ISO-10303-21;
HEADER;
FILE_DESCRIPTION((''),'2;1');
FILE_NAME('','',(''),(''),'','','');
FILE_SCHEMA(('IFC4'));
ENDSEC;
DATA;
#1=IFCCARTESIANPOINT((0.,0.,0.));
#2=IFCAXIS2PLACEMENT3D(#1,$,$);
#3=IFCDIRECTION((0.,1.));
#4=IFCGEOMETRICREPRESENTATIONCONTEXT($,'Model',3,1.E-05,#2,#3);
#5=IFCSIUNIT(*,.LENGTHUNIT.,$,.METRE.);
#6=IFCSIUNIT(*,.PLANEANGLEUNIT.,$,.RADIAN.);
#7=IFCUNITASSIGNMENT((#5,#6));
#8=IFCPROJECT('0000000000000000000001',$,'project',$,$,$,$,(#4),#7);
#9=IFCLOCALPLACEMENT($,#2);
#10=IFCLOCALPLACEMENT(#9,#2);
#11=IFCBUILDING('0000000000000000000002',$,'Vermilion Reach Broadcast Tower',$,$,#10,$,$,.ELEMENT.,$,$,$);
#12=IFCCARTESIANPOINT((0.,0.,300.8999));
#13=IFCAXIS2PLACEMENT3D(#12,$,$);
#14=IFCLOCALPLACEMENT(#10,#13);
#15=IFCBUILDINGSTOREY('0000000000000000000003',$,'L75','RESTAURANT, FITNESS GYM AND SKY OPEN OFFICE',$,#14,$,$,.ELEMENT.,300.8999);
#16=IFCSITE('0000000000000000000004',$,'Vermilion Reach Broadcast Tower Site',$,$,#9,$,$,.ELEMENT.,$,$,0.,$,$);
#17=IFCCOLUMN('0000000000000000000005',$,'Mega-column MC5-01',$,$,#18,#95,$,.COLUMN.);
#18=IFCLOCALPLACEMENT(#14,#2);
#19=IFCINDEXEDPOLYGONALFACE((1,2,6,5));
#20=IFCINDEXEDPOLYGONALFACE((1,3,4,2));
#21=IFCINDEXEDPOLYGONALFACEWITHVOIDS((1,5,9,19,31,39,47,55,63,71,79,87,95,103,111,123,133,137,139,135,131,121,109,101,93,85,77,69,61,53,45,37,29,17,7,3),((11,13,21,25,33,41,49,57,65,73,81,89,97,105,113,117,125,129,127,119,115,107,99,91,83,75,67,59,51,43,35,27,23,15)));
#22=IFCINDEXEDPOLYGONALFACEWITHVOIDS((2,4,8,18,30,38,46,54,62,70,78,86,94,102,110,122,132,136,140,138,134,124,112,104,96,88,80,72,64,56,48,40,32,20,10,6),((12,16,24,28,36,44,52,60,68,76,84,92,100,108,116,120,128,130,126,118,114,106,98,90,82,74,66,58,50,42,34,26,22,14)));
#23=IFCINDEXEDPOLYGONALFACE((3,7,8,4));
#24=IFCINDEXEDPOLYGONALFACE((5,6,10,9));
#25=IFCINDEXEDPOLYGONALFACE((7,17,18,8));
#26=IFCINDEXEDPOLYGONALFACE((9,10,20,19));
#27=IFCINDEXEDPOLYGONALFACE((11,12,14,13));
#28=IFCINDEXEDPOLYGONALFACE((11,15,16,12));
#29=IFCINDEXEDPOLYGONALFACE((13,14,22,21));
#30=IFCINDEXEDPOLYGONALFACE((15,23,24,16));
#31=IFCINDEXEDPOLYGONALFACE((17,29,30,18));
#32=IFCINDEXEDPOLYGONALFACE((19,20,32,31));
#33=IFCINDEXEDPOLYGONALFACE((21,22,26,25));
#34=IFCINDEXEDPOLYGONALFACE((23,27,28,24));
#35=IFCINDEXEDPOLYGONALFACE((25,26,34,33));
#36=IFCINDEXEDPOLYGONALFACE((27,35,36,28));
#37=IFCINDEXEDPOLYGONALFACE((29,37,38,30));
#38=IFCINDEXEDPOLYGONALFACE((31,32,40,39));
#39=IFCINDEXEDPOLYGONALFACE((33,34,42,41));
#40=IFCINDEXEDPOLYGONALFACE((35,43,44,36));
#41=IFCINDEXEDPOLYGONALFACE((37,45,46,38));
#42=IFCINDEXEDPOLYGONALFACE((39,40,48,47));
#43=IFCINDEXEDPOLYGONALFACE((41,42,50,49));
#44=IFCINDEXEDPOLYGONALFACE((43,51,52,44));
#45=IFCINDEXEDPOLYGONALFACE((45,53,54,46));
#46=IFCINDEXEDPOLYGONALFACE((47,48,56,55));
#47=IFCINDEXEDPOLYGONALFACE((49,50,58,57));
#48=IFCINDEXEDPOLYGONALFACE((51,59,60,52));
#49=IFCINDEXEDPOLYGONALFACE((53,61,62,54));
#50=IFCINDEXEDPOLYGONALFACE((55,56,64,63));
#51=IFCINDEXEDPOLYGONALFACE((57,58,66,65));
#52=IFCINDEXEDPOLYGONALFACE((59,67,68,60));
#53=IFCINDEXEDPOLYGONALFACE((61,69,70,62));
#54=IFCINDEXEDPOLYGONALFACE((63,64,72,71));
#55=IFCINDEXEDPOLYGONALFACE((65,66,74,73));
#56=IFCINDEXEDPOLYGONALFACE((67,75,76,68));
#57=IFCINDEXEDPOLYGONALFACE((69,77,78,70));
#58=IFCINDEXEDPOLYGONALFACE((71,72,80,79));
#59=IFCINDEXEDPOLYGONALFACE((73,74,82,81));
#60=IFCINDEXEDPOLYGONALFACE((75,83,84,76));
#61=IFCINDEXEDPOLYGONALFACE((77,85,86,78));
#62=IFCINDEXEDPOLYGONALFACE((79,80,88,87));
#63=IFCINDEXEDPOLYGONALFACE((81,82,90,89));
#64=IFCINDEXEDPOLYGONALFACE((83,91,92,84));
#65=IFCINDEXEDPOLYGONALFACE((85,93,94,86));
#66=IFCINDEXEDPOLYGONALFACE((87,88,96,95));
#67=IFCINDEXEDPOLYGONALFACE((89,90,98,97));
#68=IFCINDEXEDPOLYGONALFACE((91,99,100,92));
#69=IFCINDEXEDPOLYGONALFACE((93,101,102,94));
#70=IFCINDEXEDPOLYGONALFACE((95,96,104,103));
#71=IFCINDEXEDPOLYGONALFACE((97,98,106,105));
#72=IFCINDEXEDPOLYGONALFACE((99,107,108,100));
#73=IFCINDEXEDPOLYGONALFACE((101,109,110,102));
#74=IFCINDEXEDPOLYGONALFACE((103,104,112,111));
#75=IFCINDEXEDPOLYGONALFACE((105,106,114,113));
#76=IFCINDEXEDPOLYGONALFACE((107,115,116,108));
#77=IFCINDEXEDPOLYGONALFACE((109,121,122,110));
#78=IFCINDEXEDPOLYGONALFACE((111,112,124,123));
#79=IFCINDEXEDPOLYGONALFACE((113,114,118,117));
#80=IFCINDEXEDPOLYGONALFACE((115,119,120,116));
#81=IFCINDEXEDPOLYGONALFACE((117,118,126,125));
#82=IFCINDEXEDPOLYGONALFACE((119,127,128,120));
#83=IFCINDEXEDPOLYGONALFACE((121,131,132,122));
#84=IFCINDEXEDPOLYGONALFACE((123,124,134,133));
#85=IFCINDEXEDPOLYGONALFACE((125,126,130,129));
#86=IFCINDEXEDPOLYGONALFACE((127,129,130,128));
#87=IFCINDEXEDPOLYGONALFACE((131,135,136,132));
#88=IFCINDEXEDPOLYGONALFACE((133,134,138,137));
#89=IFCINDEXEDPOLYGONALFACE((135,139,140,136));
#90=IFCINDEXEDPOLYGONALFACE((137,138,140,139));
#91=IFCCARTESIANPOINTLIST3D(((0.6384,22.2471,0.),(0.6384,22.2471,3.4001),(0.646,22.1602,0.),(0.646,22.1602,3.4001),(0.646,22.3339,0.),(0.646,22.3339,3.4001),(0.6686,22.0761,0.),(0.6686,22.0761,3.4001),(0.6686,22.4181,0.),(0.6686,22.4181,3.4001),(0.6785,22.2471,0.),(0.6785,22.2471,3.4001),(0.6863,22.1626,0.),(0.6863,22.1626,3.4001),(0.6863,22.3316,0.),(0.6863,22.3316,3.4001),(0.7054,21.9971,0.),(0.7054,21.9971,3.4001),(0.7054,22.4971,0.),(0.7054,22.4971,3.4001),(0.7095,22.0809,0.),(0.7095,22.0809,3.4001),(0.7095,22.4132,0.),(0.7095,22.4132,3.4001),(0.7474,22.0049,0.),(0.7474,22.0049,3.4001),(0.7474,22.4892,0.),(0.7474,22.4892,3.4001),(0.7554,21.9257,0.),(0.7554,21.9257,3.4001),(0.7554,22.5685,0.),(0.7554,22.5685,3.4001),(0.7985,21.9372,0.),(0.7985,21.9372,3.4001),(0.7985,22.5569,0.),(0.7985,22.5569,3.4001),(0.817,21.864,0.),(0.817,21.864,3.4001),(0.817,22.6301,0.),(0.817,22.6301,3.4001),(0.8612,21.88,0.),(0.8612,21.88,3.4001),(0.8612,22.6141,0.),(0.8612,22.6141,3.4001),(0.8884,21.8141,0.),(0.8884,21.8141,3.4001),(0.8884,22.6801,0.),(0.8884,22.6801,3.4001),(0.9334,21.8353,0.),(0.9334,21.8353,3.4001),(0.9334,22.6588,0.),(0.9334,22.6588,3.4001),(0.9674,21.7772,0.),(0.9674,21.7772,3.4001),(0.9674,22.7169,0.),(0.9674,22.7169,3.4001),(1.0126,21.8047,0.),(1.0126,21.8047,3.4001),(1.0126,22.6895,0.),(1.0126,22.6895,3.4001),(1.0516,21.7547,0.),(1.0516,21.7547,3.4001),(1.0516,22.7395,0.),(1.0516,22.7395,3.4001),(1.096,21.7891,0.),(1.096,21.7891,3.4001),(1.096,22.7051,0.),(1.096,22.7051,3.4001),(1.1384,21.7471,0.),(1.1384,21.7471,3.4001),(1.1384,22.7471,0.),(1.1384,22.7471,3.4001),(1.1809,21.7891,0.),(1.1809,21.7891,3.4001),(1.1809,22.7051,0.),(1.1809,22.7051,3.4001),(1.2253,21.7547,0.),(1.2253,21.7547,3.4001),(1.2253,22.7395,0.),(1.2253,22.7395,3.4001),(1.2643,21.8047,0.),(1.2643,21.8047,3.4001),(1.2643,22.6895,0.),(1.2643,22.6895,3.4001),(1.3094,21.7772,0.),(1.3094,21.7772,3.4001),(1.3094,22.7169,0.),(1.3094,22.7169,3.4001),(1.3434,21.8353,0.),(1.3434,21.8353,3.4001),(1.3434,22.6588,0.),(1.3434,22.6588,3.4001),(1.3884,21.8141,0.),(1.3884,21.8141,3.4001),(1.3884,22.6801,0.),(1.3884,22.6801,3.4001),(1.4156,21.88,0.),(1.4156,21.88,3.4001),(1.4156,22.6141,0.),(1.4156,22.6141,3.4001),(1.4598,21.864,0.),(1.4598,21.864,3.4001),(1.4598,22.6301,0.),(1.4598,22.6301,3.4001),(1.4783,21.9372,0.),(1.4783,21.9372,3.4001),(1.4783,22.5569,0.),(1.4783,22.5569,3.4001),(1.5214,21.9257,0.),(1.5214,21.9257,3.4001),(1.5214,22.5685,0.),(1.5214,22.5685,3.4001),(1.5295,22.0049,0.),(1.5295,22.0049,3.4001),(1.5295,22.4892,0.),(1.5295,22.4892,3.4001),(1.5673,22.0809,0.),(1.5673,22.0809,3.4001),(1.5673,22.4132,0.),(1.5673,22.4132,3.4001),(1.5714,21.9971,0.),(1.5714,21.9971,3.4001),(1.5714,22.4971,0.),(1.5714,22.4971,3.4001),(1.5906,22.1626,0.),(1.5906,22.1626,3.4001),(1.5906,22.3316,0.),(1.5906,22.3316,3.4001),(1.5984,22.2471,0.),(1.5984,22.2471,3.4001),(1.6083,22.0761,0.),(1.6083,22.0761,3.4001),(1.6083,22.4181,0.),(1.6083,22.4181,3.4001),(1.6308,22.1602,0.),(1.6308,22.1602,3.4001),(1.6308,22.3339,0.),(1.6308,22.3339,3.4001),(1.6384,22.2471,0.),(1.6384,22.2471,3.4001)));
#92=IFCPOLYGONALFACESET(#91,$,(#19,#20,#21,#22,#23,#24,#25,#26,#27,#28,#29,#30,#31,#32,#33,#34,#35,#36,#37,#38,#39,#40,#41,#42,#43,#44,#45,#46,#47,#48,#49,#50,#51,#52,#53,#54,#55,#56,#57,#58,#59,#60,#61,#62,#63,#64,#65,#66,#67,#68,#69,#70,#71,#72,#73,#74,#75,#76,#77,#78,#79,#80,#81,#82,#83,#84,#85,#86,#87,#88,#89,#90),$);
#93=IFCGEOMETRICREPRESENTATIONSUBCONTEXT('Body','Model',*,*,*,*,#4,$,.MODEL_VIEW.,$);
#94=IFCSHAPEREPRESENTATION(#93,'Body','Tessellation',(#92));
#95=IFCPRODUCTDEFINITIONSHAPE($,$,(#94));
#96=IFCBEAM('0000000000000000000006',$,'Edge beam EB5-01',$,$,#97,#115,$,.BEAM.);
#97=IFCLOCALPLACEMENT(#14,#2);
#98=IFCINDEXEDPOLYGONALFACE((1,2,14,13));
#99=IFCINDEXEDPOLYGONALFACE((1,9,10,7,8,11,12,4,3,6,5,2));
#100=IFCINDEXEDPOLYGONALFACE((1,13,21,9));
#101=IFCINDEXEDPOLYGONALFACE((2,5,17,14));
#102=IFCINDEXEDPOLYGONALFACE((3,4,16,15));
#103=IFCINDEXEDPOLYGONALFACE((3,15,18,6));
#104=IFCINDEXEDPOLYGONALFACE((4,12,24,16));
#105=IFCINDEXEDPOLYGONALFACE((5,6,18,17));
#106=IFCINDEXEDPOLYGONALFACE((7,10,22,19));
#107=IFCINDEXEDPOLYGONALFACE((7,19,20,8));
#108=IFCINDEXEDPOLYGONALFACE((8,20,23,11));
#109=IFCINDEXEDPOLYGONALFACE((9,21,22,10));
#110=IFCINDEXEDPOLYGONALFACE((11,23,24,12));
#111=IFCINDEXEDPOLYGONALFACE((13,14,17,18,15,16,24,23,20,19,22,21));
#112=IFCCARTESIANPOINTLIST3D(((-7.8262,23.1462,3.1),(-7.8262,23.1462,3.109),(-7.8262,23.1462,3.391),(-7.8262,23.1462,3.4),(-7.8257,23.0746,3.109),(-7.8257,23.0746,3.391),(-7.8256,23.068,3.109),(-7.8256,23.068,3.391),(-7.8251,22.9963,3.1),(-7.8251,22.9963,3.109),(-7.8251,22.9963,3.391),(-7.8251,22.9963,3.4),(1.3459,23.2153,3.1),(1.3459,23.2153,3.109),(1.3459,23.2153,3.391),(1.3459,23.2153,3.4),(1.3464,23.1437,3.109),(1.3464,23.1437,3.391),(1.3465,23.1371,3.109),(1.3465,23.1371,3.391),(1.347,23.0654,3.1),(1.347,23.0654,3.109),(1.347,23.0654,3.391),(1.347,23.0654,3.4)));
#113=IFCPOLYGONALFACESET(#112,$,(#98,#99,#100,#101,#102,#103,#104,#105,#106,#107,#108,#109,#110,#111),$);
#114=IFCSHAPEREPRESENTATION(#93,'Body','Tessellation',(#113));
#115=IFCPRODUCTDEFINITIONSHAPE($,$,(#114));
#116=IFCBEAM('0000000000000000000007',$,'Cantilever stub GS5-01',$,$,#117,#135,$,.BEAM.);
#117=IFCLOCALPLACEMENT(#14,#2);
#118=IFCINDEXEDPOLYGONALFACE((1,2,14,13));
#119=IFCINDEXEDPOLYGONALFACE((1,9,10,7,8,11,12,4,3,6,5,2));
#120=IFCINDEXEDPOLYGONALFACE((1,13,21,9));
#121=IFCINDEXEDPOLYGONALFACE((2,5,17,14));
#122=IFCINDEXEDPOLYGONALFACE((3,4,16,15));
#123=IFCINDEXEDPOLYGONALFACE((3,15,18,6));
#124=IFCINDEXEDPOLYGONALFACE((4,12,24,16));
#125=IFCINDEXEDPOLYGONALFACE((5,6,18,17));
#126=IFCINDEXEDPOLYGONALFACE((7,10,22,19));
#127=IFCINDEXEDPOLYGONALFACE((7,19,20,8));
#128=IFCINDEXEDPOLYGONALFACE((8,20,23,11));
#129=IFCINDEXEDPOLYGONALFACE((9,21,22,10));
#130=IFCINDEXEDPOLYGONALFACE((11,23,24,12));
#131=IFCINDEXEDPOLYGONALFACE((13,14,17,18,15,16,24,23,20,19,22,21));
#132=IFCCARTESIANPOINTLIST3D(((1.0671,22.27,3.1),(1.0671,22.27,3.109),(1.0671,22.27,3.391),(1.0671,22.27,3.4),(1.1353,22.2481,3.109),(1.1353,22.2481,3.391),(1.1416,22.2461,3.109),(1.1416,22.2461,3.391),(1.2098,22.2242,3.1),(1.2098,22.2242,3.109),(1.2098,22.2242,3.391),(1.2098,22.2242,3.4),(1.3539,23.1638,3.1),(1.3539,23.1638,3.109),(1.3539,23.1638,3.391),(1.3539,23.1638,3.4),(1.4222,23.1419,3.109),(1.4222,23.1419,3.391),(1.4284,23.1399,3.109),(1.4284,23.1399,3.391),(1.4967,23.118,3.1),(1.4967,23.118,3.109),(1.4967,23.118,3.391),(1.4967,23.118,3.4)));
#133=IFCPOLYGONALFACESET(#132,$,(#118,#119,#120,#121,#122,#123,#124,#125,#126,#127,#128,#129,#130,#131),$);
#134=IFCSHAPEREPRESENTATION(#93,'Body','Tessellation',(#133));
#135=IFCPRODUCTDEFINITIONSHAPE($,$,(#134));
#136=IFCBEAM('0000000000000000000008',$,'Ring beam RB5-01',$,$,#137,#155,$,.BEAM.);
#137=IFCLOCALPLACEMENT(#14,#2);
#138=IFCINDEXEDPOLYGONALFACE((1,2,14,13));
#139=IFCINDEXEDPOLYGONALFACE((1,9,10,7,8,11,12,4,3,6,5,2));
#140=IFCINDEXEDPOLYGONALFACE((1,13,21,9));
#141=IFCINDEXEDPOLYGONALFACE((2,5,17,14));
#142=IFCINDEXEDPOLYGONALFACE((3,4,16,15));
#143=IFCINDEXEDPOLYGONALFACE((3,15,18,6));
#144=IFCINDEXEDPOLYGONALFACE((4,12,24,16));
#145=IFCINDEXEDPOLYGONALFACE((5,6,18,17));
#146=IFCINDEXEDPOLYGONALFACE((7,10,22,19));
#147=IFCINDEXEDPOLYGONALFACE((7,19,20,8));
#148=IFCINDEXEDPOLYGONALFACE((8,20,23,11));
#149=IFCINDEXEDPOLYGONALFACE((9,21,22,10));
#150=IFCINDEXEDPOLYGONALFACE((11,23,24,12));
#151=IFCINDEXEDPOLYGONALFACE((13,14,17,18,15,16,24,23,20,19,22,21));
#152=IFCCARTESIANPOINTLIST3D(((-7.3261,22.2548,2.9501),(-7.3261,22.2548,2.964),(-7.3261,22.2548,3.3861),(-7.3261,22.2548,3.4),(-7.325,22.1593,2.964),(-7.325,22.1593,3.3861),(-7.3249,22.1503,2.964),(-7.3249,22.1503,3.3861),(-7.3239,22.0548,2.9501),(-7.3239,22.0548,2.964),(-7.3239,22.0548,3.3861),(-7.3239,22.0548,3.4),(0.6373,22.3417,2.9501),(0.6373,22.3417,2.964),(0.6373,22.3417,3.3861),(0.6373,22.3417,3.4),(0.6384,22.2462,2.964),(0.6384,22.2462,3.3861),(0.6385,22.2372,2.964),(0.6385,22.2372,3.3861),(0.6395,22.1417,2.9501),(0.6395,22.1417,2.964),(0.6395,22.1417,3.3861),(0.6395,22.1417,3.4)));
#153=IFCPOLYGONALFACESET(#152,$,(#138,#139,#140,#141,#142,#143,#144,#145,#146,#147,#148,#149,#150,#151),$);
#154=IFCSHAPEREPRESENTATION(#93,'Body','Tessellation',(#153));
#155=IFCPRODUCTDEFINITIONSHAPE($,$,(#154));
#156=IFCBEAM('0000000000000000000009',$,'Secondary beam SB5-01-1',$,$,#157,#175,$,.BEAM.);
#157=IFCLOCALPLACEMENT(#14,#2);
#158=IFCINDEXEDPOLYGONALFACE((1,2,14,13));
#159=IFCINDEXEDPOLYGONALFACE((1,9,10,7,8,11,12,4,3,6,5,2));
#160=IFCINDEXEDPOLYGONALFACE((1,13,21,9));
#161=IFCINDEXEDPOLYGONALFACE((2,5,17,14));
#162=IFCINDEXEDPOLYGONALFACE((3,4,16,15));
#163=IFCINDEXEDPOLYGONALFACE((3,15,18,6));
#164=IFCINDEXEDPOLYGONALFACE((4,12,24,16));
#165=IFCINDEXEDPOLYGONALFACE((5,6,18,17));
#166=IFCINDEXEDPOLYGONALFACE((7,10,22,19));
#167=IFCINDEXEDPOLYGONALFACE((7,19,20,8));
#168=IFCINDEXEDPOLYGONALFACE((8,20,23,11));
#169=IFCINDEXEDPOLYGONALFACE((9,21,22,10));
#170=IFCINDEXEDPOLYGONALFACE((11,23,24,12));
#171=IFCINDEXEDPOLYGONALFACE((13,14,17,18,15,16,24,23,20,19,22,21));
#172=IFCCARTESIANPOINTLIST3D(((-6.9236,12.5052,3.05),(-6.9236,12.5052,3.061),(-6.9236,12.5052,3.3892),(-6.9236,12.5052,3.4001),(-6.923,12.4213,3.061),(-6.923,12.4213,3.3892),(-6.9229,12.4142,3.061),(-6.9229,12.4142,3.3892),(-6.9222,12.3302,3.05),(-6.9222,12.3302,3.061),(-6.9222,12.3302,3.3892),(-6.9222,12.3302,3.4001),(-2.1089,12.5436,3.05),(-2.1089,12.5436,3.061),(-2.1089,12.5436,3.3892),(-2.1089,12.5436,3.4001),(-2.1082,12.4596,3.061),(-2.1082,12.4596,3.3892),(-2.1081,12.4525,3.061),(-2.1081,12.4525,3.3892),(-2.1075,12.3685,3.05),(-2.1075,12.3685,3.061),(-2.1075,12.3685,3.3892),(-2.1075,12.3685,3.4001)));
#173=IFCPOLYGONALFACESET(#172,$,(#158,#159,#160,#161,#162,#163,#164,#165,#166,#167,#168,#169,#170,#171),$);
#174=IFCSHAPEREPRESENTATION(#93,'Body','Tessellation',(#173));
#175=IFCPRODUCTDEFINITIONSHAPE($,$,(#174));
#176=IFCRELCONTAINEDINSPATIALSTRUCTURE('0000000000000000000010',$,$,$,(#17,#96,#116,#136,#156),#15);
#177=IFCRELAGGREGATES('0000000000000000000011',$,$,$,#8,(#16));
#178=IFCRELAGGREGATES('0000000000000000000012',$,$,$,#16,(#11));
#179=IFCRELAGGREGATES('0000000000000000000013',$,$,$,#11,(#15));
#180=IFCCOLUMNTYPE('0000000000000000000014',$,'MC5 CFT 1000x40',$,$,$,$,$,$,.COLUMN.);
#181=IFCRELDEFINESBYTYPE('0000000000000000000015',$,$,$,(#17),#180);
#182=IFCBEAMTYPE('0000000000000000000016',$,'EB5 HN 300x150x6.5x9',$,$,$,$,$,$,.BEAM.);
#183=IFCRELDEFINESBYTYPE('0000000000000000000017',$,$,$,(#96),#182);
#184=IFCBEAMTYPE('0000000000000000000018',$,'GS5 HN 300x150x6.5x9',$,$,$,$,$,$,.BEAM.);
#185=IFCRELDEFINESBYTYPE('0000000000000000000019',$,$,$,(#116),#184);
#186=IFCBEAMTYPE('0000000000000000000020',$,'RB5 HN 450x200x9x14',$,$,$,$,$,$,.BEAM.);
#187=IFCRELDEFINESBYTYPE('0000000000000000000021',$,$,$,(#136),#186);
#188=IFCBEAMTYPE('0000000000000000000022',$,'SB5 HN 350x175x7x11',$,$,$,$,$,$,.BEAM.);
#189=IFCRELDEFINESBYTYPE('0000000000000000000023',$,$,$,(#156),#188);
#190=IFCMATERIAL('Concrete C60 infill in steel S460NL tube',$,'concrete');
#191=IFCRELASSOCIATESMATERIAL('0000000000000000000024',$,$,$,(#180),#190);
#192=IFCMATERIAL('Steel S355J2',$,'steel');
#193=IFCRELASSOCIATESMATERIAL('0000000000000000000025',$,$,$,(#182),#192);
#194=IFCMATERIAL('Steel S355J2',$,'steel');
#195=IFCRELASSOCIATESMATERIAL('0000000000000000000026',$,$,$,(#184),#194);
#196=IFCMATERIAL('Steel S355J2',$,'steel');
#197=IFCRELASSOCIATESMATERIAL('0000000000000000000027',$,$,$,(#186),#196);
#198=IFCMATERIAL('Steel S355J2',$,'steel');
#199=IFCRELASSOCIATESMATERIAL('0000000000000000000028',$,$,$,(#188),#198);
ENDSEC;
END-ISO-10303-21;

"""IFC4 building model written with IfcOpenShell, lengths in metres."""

from ifc_helpers import new_model, si_unit, direction, frame, origin, origin_2d, place, context, subcontext, project, spatial, hollow_circle, i_section, extrude, material, material_profile, profile_set, type_object, element, save


model = new_model("IFC4")

# Units and contexts
model_context = context("Model", 3, precision=1e-05, world=origin(), true_north=direction((0.0, 1.0)))
body_context = subcontext(model_context, "Body", "Model", "MODEL_VIEW")
ifc_project = project(units=[si_unit("LENGTHUNIT", "METRE"), si_unit("PLANEANGLEUNIT", "RADIAN")], contexts=[model_context])

# Site, building, storey
site_placement = place(None, origin())
site = spatial("IfcSite", under=ifc_project, at=site_placement, Name="Vermilion Reach Broadcast Tower Site", CompositionType="ELEMENT", RefElevation=0.0)
building_placement = place(site_placement, origin())
building = spatial("IfcBuilding", under=site, at=building_placement, Name="Vermilion Reach Broadcast Tower", CompositionType="ELEMENT")
storey_placement = place(building_placement, frame((0.0, 0.0, 300.8999)))
storey = spatial("IfcBuildingStorey", under=building, at=storey_placement, Name="L75", Description="RESTAURANT, FITNESS GYM AND SKY OPEN OFFICE", CompositionType="ELEMENT", Elevation=300.8999)

# Column
ifc_material_1 = material(Name="Concrete C60 infill in steel S460NL tube", Category="concrete")
ifc_material_profile_1 = material_profile(ifc_material_1, hollow_circle(Radius=0.5, WallThickness=0.04, at=origin_2d()), Name="Concrete C60 infill in steel S460NL tube CFT 1000x40")
ifc_profile_set_1 = profile_set([ifc_material_profile_1], Name="Concrete C60 infill in steel S460NL tube")
column_type = type_object("IfcColumnType", Name="MC5 CFT 1000x40", PredefinedType="COLUMN", material=ifc_profile_set_1)
column_placement = place(storey_placement, frame((1.1384, 22.2471, 0.0), z_axis=(0.0, 0.0, 1.0), x_axis=(1.0, 0.0, 0.0)))
element("IfcColumn", 1, at=column_placement, inside=storey, type_object=column_type, Name="Mega-column MC5-01", PredefinedType="COLUMN", context=body_context, shape_type="SweptSolid", body=[
    extrude(hollow_circle(Radius=0.5, WallThickness=0.04, at=origin_2d()), origin(), (0.0, 0.0, 1.0), 3.4001),
])

# Beams
ifc_material_2 = material(Name="Steel S355J2", Category="steel")
ifc_material_profile_2 = material_profile(ifc_material_2, i_section(OverallWidth=0.1499, OverallDepth=0.3, WebThickness=0.0066, FlangeThickness=0.009, at=origin_2d()), Name="S355J2 HN 300x150x6.5x9")
ifc_profile_set_2 = profile_set([ifc_material_profile_2], Name="Steel S355J2")
beam_type_1 = type_object("IfcBeamType", Name="EB5 HN 300x150x6.5x9", PredefinedType="BEAM", material=ifc_profile_set_2)
beam_1_placement = place(storey_placement, frame((1.3464, 23.1404, 3.25), z_axis=(-0.999972, -0.007533, 0.0), x_axis=(0.007533, -0.999972, 0.0)))
element("IfcBeam", 2, at=beam_1_placement, inside=storey, type_object=beam_type_1, Name="Edge beam EB5-01", PredefinedType="BEAM", context=body_context, shape_type="SweptSolid", body=[
    extrude(i_section(OverallWidth=0.1499, OverallDepth=0.3, WebThickness=0.0066, FlangeThickness=0.009, at=origin_2d()), origin(), (0.0, 0.0, 1.0), 9.1724),
])
ifc_material_3 = material(Name="Steel S355J2", Category="steel")
ifc_material_profile_3 = material_profile(ifc_material_3, i_section(OverallWidth=0.1499, OverallDepth=0.3, WebThickness=0.0066, FlangeThickness=0.009, at=origin_2d()), Name="S355J2 HN 300x150x6.5x9")
ifc_profile_set_3 = profile_set([ifc_material_profile_3], Name="Steel S355J2")
beam_type_2 = type_object("IfcBeamType", Name="GS5 HN 300x150x6.5x9", PredefinedType="BEAM", material=ifc_profile_set_3)
beam_2_placement = place(storey_placement, frame((1.1384, 22.2471, 3.25), z_axis=(0.305597, 0.952161, 0.0), x_axis=(-0.952161, 0.305597, 0.0)))
element("IfcBeam", 3, at=beam_2_placement, inside=storey, type_object=beam_type_2, Name="Cantilever stub GS5-01", PredefinedType="BEAM", context=body_context, shape_type="SweptSolid", body=[
    extrude(i_section(OverallWidth=0.1499, OverallDepth=0.3, WebThickness=0.0066, FlangeThickness=0.009, at=origin_2d()), origin(), (0.0, 0.0, 1.0), 0.9387),
])
ifc_material_4 = material(Name="Steel S355J2", Category="steel")
ifc_material_profile_4 = material_profile(ifc_material_4, i_section(OverallWidth=0.2, OverallDepth=0.45, WebThickness=0.009, FlangeThickness=0.0139, at=origin_2d()), Name="S355J2 HN 450x200x9x14")
ifc_profile_set_4 = profile_set([ifc_material_profile_4], Name="Steel S355J2")
beam_type_3 = type_object("IfcBeamType", Name="RB5 HN 450x200x9x14", PredefinedType="BEAM", material=ifc_profile_set_4)
beam_3_placement = place(storey_placement, frame((0.6384, 22.2417, 3.175), z_axis=(-0.99994, -0.010914, 0.0), x_axis=(0.010914, -0.99994, 0.0)))
element("IfcBeam", 4, at=beam_3_placement, inside=storey, type_object=beam_type_3, Name="Ring beam RB5-01", PredefinedType="BEAM", context=body_context, shape_type="SweptSolid", body=[
    extrude(i_section(OverallWidth=0.2, OverallDepth=0.45, WebThickness=0.009, FlangeThickness=0.0139, at=origin_2d()), origin(), (0.0, 0.0, 1.0), 7.9639),
])
ifc_material_5 = material(Name="Steel S355J2", Category="steel")
ifc_material_profile_5 = material_profile(ifc_material_5, i_section(OverallWidth=0.175, OverallDepth=0.3501, WebThickness=0.0071, FlangeThickness=0.011, at=origin_2d()), Name="S355J2 HN 350x175x7x11")
ifc_profile_set_5 = profile_set([ifc_material_profile_5], Name="Steel S355J2")
beam_type_4 = type_object("IfcBeamType", Name="SB5 HN 350x175x7x11", PredefinedType="BEAM", material=ifc_profile_set_5)
beam_4_placement = place(storey_placement, frame((-2.1082, 12.4561, 3.2251), z_axis=(-0.999968, -0.007961, 0.0), x_axis=(0.007961, -0.999968, 0.0)))
element("IfcBeam", 5, at=beam_4_placement, inside=storey, type_object=beam_type_4, Name="Secondary beam SB5-01-1", PredefinedType="BEAM", context=body_context, shape_type="SweptSolid", body=[
    extrude(i_section(OverallWidth=0.175, OverallDepth=0.3501, WebThickness=0.0071, FlangeThickness=0.011, at=origin_2d()), origin(), (0.0, 0.0, 1.0), 4.8149),
])

save(model, "model.ifc")
